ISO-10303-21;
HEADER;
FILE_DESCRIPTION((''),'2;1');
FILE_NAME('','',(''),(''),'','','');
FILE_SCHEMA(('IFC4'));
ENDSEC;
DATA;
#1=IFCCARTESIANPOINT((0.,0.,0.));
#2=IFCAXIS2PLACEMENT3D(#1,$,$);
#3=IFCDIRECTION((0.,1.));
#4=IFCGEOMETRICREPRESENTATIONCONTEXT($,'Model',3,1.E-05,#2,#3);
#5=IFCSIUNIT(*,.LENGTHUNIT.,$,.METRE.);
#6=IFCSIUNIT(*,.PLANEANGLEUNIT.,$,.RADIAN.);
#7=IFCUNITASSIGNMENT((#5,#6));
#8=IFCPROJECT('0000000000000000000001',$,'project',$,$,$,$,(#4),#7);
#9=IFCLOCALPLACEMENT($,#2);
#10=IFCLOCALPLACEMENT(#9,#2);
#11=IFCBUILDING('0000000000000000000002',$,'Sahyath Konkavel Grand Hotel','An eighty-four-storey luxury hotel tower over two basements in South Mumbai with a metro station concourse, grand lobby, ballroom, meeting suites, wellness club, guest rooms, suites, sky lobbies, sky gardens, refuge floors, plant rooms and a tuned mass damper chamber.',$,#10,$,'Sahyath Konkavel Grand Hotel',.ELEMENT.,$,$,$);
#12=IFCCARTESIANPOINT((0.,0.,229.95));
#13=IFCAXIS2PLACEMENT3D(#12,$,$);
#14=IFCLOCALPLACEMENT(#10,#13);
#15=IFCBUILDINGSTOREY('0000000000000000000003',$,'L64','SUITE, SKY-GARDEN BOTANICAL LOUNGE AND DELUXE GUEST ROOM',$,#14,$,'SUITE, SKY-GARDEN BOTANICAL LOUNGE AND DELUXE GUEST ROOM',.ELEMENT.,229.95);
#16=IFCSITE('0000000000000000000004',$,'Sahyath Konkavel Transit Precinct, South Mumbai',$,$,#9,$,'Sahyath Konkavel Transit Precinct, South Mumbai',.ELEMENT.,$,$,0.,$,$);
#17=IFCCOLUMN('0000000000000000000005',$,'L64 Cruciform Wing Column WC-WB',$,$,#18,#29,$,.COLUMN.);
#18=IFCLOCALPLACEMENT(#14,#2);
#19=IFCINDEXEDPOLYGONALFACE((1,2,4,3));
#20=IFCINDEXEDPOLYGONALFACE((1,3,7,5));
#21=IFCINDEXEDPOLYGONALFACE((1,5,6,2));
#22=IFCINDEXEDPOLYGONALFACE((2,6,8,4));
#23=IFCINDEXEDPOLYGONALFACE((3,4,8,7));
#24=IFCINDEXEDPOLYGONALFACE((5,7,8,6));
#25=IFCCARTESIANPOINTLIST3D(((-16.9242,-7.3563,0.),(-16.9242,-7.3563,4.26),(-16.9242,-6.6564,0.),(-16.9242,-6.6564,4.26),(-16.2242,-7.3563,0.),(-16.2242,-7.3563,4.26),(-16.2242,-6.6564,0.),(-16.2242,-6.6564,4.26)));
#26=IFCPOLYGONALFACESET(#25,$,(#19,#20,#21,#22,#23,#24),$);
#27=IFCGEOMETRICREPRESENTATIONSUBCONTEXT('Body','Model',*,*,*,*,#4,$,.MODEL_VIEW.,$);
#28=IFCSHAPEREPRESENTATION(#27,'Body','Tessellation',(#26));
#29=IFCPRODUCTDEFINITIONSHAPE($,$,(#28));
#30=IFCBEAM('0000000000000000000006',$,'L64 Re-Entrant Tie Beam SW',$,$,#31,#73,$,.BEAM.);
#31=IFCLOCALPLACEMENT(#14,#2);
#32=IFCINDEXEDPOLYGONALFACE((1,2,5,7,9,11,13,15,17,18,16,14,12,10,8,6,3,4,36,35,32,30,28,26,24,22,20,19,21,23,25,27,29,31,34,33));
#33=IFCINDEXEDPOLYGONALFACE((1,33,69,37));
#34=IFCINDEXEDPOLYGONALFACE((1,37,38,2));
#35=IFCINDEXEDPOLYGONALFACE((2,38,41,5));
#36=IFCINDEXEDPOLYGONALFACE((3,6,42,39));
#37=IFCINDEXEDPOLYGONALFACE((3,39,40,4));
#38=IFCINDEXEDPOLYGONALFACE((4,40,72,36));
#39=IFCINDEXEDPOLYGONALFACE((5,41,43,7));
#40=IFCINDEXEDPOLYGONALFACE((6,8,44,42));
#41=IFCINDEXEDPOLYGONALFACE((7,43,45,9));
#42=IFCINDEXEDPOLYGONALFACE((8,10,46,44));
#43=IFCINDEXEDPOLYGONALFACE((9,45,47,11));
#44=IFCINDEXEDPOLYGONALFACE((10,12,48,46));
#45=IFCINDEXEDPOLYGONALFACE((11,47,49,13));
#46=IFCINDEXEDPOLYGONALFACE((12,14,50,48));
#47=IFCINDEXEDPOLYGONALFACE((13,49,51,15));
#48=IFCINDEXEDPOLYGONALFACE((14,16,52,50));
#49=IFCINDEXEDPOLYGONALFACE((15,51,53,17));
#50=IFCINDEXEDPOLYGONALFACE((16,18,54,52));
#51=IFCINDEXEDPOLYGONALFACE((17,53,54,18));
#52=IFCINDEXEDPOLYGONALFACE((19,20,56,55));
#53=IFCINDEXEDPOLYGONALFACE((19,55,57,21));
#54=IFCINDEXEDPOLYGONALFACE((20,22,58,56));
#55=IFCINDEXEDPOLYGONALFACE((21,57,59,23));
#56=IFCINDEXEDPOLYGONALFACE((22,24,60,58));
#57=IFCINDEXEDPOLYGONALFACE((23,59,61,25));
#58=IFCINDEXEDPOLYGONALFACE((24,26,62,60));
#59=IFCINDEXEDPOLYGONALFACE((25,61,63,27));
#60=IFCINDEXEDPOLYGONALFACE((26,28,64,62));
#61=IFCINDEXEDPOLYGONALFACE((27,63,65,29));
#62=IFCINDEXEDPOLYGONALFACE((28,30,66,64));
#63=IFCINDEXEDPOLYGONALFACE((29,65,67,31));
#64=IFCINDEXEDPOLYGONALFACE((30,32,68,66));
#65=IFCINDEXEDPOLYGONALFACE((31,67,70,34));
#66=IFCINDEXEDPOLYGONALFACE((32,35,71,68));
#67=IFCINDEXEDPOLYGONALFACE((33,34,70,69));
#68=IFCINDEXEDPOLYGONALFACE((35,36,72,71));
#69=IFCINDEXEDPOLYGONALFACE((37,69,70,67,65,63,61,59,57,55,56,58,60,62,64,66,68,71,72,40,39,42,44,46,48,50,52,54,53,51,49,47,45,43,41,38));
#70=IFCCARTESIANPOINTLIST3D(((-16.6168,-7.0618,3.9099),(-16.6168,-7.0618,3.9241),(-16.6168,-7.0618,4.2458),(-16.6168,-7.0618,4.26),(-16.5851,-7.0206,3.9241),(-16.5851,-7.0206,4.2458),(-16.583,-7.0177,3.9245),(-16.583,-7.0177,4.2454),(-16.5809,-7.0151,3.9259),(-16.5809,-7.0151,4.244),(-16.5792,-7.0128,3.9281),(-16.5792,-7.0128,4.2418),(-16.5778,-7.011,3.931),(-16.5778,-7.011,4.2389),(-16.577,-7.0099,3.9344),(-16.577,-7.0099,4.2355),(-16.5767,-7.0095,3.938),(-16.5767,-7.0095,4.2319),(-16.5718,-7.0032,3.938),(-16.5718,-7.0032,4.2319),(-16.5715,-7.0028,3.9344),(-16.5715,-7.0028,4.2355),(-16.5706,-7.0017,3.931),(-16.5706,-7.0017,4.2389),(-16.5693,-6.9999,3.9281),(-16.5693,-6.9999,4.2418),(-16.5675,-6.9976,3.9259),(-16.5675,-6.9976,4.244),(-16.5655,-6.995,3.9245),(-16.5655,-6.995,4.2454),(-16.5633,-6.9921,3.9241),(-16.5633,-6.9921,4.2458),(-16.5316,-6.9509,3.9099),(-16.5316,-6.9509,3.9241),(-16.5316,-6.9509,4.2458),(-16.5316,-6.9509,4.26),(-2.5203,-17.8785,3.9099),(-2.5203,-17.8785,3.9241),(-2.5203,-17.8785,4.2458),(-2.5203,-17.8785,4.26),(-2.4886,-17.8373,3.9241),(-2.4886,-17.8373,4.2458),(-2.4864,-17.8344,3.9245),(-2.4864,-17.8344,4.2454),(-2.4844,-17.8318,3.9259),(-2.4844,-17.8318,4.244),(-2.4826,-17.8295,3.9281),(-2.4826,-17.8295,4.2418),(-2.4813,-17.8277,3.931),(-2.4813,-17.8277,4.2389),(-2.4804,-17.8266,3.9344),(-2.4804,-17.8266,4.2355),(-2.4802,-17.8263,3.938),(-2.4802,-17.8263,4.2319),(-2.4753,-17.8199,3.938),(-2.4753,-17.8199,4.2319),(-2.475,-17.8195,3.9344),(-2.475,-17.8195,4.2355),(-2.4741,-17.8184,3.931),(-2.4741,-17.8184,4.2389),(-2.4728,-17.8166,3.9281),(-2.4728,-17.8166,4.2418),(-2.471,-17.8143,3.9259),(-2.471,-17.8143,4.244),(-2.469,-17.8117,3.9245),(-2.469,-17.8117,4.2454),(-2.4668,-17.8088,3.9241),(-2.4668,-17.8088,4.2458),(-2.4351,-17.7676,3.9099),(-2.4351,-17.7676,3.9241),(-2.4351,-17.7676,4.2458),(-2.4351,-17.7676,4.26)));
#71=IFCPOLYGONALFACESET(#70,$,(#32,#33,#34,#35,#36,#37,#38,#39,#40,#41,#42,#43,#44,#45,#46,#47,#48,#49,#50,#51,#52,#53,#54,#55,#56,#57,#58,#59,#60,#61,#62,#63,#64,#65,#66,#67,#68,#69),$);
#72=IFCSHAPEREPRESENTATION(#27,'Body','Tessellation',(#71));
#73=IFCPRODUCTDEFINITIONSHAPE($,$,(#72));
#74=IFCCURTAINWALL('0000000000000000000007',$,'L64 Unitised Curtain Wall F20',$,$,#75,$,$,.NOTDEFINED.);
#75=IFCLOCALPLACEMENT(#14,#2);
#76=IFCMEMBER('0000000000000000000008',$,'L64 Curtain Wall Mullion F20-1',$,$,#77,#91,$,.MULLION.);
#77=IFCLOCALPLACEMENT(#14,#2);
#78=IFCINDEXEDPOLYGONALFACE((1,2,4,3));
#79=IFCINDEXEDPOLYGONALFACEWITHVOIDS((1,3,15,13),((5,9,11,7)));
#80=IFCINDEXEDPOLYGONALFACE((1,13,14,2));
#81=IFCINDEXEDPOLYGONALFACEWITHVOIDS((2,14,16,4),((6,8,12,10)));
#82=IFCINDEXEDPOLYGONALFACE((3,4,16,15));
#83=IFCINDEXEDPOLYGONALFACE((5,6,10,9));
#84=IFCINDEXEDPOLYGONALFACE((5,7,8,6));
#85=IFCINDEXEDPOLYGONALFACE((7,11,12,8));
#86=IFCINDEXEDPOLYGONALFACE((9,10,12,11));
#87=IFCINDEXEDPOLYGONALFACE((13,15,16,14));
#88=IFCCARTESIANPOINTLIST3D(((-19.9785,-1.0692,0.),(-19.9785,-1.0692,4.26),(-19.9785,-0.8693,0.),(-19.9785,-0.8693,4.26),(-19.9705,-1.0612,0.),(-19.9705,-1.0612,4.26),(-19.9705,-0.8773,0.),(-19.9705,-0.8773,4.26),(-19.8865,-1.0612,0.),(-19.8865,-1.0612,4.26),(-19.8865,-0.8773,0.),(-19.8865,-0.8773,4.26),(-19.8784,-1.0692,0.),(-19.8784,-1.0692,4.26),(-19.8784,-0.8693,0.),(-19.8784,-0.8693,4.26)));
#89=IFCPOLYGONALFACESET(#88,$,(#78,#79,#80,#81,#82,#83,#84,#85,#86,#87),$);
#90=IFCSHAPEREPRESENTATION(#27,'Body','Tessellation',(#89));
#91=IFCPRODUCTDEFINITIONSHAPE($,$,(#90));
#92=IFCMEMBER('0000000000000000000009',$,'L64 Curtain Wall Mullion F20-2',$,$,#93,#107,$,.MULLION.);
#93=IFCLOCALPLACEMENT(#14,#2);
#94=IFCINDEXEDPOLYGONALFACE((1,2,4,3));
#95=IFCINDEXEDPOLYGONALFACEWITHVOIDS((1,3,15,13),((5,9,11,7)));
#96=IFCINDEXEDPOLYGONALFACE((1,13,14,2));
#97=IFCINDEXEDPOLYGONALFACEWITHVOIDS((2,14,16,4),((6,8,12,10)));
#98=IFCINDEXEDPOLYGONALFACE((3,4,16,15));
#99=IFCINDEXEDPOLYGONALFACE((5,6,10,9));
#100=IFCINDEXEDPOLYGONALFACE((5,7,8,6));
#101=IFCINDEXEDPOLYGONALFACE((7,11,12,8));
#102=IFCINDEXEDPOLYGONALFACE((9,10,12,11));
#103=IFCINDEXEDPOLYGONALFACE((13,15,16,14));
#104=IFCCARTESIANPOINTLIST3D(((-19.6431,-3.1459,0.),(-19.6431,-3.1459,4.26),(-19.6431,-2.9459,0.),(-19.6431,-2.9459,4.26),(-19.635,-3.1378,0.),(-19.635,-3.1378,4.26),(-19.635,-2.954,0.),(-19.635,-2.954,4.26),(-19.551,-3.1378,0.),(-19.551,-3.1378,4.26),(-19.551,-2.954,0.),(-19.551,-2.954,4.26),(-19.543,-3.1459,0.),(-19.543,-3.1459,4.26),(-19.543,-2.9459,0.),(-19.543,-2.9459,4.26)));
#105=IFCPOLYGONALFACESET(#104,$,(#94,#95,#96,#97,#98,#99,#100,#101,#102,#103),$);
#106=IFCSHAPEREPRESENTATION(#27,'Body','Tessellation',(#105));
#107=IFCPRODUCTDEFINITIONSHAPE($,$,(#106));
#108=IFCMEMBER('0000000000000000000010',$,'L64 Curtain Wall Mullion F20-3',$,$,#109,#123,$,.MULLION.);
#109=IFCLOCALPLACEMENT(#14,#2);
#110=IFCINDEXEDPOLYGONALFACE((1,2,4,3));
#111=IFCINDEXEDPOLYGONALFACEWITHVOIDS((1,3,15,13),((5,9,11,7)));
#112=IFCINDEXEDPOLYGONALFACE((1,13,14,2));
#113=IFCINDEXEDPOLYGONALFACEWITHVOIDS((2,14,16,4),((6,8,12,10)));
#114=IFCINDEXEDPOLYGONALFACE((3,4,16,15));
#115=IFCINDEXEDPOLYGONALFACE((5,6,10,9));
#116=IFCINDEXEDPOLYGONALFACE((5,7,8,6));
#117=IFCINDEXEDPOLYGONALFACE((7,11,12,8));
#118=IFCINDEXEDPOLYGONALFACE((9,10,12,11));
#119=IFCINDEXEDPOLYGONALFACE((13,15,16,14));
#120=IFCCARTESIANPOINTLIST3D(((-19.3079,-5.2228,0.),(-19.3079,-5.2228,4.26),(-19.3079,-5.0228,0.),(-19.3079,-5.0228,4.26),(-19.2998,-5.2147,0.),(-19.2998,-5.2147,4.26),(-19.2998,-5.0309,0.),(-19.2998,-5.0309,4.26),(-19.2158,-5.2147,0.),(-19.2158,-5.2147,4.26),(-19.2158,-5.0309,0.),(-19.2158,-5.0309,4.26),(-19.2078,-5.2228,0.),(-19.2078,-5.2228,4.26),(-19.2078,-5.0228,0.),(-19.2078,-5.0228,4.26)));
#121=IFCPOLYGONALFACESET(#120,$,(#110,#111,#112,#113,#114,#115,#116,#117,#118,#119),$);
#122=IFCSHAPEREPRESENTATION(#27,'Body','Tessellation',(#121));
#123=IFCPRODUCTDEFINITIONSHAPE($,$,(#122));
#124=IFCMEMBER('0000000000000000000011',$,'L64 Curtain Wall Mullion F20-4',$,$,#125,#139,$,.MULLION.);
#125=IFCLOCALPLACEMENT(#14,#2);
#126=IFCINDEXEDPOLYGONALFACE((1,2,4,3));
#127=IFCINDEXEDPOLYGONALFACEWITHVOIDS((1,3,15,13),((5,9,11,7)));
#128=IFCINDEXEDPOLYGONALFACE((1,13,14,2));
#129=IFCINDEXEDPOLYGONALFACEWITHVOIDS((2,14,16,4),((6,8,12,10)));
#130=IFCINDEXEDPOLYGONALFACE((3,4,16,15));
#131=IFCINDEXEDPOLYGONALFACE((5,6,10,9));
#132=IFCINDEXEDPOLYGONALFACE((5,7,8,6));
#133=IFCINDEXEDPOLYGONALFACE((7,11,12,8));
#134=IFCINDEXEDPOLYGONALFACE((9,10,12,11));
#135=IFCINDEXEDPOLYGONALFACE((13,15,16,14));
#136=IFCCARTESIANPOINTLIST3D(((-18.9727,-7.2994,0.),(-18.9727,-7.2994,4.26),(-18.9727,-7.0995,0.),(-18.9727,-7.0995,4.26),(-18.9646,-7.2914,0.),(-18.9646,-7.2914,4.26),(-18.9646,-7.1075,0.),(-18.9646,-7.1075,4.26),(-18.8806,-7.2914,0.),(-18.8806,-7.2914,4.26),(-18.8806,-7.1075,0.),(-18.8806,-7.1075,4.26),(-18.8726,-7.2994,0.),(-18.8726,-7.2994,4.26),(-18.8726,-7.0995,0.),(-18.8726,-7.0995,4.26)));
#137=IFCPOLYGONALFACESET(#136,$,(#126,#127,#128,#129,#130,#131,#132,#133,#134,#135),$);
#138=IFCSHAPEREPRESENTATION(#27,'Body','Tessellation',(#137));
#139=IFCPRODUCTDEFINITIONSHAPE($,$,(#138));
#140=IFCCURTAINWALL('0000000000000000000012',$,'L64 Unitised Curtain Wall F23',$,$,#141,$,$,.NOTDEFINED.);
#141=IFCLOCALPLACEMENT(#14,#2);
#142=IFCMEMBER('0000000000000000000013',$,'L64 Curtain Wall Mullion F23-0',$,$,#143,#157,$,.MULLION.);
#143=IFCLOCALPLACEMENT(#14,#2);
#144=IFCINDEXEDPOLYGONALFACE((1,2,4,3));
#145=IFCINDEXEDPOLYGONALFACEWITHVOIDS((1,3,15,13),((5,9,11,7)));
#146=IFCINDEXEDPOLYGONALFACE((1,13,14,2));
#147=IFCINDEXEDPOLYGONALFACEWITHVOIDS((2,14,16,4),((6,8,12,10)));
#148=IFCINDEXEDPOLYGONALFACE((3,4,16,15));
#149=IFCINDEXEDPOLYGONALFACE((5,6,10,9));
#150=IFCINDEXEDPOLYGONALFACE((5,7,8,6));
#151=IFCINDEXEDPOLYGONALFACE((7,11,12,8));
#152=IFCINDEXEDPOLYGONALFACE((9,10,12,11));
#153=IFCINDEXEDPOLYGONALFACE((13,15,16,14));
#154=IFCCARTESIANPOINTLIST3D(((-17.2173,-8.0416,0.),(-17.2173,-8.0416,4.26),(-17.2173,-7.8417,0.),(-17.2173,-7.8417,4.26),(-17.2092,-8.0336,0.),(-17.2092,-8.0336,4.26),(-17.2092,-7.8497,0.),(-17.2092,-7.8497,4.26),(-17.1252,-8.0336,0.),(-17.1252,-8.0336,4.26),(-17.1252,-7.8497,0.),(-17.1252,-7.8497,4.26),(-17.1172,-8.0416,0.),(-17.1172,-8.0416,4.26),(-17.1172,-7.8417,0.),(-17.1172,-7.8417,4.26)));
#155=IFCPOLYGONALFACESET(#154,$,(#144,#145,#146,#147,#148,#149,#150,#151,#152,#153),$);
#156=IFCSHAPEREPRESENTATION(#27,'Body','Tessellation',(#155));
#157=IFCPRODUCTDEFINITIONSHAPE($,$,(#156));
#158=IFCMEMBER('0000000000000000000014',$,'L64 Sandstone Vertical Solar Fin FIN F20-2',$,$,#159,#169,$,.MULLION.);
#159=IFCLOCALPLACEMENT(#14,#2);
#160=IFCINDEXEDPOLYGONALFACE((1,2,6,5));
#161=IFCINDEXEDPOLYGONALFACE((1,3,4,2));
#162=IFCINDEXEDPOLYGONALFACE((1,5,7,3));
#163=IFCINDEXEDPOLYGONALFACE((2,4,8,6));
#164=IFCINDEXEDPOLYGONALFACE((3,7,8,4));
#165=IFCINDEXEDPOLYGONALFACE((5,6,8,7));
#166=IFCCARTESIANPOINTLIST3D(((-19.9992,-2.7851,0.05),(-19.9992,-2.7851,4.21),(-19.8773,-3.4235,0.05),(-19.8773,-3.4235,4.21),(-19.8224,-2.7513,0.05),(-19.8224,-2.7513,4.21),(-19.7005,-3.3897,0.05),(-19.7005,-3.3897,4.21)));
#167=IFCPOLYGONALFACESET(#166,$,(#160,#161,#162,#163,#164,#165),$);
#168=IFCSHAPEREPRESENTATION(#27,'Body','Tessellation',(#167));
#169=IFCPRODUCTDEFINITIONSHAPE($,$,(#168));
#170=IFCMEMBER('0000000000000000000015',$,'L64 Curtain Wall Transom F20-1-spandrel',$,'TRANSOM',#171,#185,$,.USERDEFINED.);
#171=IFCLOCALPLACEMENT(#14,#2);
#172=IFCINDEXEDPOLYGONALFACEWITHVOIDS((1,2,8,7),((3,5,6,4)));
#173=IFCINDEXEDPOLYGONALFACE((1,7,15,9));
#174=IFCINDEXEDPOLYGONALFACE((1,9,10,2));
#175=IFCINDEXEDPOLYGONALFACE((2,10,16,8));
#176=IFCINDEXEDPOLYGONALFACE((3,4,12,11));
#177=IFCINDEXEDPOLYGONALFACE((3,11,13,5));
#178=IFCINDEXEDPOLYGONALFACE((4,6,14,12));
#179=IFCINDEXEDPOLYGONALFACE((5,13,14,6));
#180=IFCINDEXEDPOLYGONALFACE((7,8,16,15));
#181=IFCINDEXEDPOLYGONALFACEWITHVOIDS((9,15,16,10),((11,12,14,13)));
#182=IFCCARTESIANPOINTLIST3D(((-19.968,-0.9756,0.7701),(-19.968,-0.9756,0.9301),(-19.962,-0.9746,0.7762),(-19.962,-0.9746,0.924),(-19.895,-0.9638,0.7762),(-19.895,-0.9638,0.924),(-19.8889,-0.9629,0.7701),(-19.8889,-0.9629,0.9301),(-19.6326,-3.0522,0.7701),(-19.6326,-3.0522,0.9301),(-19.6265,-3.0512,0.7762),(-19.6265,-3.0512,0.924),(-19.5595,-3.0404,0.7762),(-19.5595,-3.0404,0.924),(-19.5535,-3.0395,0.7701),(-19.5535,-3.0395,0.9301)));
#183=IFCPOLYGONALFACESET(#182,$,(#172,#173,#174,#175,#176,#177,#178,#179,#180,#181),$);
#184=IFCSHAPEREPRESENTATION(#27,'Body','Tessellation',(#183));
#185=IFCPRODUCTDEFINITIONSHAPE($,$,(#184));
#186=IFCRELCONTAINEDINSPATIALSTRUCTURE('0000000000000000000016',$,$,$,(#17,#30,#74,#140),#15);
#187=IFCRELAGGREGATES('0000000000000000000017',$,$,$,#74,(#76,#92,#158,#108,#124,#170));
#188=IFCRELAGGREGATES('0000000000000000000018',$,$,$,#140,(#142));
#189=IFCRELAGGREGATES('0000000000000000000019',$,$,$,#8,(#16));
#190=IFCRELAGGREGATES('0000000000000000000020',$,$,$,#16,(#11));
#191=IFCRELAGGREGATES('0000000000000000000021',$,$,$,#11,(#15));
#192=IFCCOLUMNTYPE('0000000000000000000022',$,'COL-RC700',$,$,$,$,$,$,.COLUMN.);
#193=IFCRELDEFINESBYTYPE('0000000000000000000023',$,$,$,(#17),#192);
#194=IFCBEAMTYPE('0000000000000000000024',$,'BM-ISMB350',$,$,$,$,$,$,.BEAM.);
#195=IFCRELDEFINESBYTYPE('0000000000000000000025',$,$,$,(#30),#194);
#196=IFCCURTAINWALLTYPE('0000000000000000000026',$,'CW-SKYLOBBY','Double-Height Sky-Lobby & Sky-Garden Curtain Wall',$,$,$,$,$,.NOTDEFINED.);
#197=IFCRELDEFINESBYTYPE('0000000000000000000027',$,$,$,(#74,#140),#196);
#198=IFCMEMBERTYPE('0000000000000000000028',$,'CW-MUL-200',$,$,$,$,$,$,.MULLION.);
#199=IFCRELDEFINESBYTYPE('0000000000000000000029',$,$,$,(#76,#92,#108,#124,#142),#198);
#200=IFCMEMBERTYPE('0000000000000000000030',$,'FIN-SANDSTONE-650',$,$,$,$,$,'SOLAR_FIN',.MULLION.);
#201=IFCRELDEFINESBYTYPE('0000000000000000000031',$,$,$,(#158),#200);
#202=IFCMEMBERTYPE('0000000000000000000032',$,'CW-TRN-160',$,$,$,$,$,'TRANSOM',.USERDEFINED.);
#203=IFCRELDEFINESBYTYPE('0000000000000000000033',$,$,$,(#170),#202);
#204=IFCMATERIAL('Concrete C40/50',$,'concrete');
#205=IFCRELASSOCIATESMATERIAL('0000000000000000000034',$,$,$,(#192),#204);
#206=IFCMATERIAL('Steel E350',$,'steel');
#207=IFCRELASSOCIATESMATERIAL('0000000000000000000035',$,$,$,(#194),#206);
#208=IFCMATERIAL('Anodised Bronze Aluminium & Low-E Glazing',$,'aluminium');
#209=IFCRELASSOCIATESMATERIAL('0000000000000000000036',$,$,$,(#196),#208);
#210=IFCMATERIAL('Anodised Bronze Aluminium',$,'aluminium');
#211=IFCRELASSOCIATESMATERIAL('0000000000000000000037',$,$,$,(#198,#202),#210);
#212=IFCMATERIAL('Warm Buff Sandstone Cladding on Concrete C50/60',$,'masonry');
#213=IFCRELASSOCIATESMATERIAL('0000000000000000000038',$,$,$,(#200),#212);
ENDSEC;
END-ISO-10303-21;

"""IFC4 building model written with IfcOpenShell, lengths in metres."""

from ifc_helpers import new_model, si_unit, direction, frame, origin, origin_2d, place, context, subcontext, project, spatial, rectangle, hollow_rectangle, i_section, extrude, source, transform, mapped, material, material_profile, profile_set, type_object, element, aggregate, save


model = new_model("IFC4")

# Units and contexts
model_context = context("Model", 3, precision=1e-05, world=origin(), true_north=direction((0.0, 1.0)))
body_context = subcontext(model_context, "Body", "Model", "MODEL_VIEW")
ifc_project = project(units=[si_unit("LENGTHUNIT", "METRE"), si_unit("PLANEANGLEUNIT", "RADIAN")], contexts=[model_context])

# Site, building, storey
site_placement = place(None, origin())
site = spatial("IfcSite", under=ifc_project, at=site_placement, Name="Sahyath Konkavel Transit Precinct, South Mumbai", LongName="Sahyath Konkavel Transit Precinct, South Mumbai", CompositionType="ELEMENT", RefElevation=0.0)
building_placement = place(site_placement, origin())
building = spatial("IfcBuilding", under=site, at=building_placement, Name="Sahyath Konkavel Grand Hotel", Description="An eighty-four-storey luxury hotel tower over two basements in South Mumbai with a metro station concourse, grand lobby, ballroom, meeting suites, wellness club, guest rooms, suites, sky lobbies, sky gardens, refuge floors, plant rooms and a tuned mass damper chamber.", LongName="Sahyath Konkavel Grand Hotel", CompositionType="ELEMENT")
storey_placement = place(building_placement, frame((0.0, 0.0, 229.95)))
storey = spatial("IfcBuildingStorey", under=building, at=storey_placement, Name="L64", Description="SUITE, SKY-GARDEN BOTANICAL LOUNGE AND DELUXE GUEST ROOM", LongName="SUITE, SKY-GARDEN BOTANICAL LOUNGE AND DELUXE GUEST ROOM", CompositionType="ELEMENT", Elevation=229.95)

# Column
ifc_material_1 = material(Name="Concrete C40/50", Category="concrete")
ifc_material_profile_1 = material_profile(ifc_material_1, rectangle(XDim=0.7, YDim=0.7, at=origin_2d()), Name="RC 700x700")
ifc_profile_set_1 = profile_set([ifc_material_profile_1], Name="Concrete C40/50")
column_type = type_object("IfcColumnType", Name="COL-RC700", PredefinedType="COLUMN", material=ifc_profile_set_1)
shared_shape_1 = source(origin(), body_context, "Body", "SweptSolid", [
    extrude(rectangle(XDim=0.7, YDim=0.7, at=origin_2d()), origin(), (0.0, 0.0, 1.0), 4.26),
])
column_placement = place(storey_placement, frame((-16.5742, -7.0063, 0.0), z_axis=(0.0, 0.0, 1.0), x_axis=(1.0, 0.0, 0.0)))
element("IfcColumn", 1, at=column_placement, inside=storey, type_object=column_type, Name="L64 Cruciform Wing Column WC-WB", PredefinedType="COLUMN", context=body_context, shape_type="MappedRepresentation", body=[
    mapped(shared_shape_1, transform((0.0, 0.0, 0.0), scale=1.0)),
])

# Beam
ifc_material_2 = material(Name="Steel E350", Category="steel")
ifc_material_profile_2 = material_profile(ifc_material_2, i_section(OverallWidth=0.1399, OverallDepth=0.3501, WebThickness=0.0081, FlangeThickness=0.0142, FilletRadius=0.0139, at=origin_2d()), Name="ISMB 350")
ifc_profile_set_2 = profile_set([ifc_material_profile_2], Name="Steel E350")
beam_type = type_object("IfcBeamType", Name="BM-ISMB350", PredefinedType="BEAM", material=ifc_profile_set_2)
shared_shape_2 = source(origin(), body_context, "Body", "SweptSolid", [
    extrude(i_section(OverallWidth=0.1399, OverallDepth=0.3501, WebThickness=0.0081, FlangeThickness=0.0142, FilletRadius=0.0139, at=origin_2d()), origin(), (0.0, 0.0, 1.0), 17.7683),
])
beam_placement = place(storey_placement, frame((-16.5742, -7.0063, 4.085), z_axis=(0.793351, -0.608764, 0.0), x_axis=(0.608764, 0.793351, 0.0)))
element("IfcBeam", 2, at=beam_placement, inside=storey, type_object=beam_type, Name="L64 Re-Entrant Tie Beam SW", PredefinedType="BEAM", context=body_context, shape_type="MappedRepresentation", body=[
    mapped(shared_shape_2, transform((0.0, 0.0, 0.0), scale=1.0)),
])

# Curtain wall, members
ifc_material_3 = material(Name="Anodised Bronze Aluminium & Low-E Glazing", Category="aluminium")
curtain_wall_type = type_object("IfcCurtainWallType", Name="CW-SKYLOBBY", Description="Double-Height Sky-Lobby & Sky-Garden Curtain Wall", PredefinedType="NOTDEFINED", material=ifc_material_3)
curtain_wall_1_placement = place(storey_placement, origin())
curtain_wall_1 = element("IfcCurtainWall", 3, at=curtain_wall_1_placement, inside=storey, type_object=curtain_wall_type, Name="L64 Unitised Curtain Wall F20", PredefinedType="NOTDEFINED")
ifc_material_4 = material(Name="Anodised Bronze Aluminium", Category="aluminium")
ifc_material_profile_3 = material_profile(ifc_material_4, hollow_rectangle(XDim=0.1001, YDim=0.2, WallThickness=0.0081, at=origin_2d()), Name="RHS 200x100x8")
ifc_profile_set_3 = profile_set([ifc_material_profile_3], Name="Anodised Bronze Aluminium")
member_type_1 = type_object("IfcMemberType", Name="CW-MUL-200", PredefinedType="MULLION", material=ifc_profile_set_3)
shared_shape_3 = source(origin(), body_context, "Body", "SweptSolid", [
    extrude(hollow_rectangle(XDim=0.1001, YDim=0.2, WallThickness=0.0081, at=origin_2d()), origin(), (0.0, 0.0, 1.0), 4.26),
])
member_1_placement = place(storey_placement, frame((-19.9285, -0.9692, 0.0), z_axis=(0.0, 0.0, 1.0), x_axis=(1.0, 0.0, 0.0)))
member_1 = element("IfcMember", 4, at=member_1_placement, type_object=member_type_1, Name="L64 Curtain Wall Mullion F20-1", PredefinedType="MULLION", context=body_context, shape_type="MappedRepresentation", body=[
    mapped(shared_shape_3, transform((0.0, 0.0, 0.0), scale=1.0)),
])
member_2_placement = place(storey_placement, frame((-19.593, -3.0459, 0.0), z_axis=(0.0, 0.0, 1.0), x_axis=(1.0, 0.0, 0.0)))
member_2 = element("IfcMember", 5, at=member_2_placement, type_object=member_type_1, Name="L64 Curtain Wall Mullion F20-2", PredefinedType="MULLION", context=body_context, shape_type="MappedRepresentation", body=[
    mapped(shared_shape_3, transform((0.0, 0.0, 0.0), scale=1.0)),
])
member_3_placement = place(storey_placement, frame((-19.2578, -5.1228, 0.0), z_axis=(0.0, 0.0, 1.0), x_axis=(1.0, 0.0, 0.0)))
member_3 = element("IfcMember", 6, at=member_3_placement, type_object=member_type_1, Name="L64 Curtain Wall Mullion F20-3", PredefinedType="MULLION", context=body_context, shape_type="MappedRepresentation", body=[
    mapped(shared_shape_3, transform((0.0, 0.0, 0.0), scale=1.0)),
])
member_4_placement = place(storey_placement, frame((-18.9226, -7.1995, 0.0), z_axis=(0.0, 0.0, 1.0), x_axis=(1.0, 0.0, 0.0)))
member_4 = element("IfcMember", 7, at=member_4_placement, type_object=member_type_1, Name="L64 Curtain Wall Mullion F20-4", PredefinedType="MULLION", context=body_context, shape_type="MappedRepresentation", body=[
    mapped(shared_shape_3, transform((0.0, 0.0, 0.0), scale=1.0)),
])

# Curtain wall, member
curtain_wall_2_placement = place(storey_placement, origin())
curtain_wall_2 = element("IfcCurtainWall", 8, at=curtain_wall_2_placement, inside=storey, type_object=curtain_wall_type, Name="L64 Unitised Curtain Wall F23", PredefinedType="NOTDEFINED")
member_5_placement = place(storey_placement, frame((-17.1672, -7.9417, 0.0), z_axis=(0.0, 0.0, 1.0), x_axis=(1.0, 0.0, 0.0)))
member_5 = element("IfcMember", 9, at=member_5_placement, type_object=member_type_1, Name="L64 Curtain Wall Mullion F23-0", PredefinedType="MULLION", context=body_context, shape_type="MappedRepresentation", body=[
    mapped(shared_shape_3, transform((0.0, 0.0, 0.0), scale=1.0)),
])

# Members
ifc_material_5 = material(Name="Warm Buff Sandstone Cladding on Concrete C50/60", Category="masonry")
ifc_material_profile_4 = material_profile(ifc_material_5, rectangle(XDim=0.1799, YDim=0.6499, at=origin_2d()), Name="FIN 180x650")
ifc_profile_set_4 = profile_set([ifc_material_profile_4], Name="Warm Buff Sandstone Cladding on Concrete C50/60")
member_type_2 = type_object("IfcMemberType", Name="FIN-SANDSTONE-650", ElementType="SOLAR_FIN", PredefinedType="MULLION", material=ifc_profile_set_4)
shared_shape_4 = source(origin(), body_context, "Body", "SweptSolid", [
    extrude(rectangle(XDim=0.1799, YDim=0.6499, at=origin_2d()), origin(), (0.0, 0.0, 1.0), 4.1599),
])
member_6_placement = place(storey_placement, frame((-19.8499, -3.0874, 0.05), z_axis=(0.0, 0.0, 1.0), x_axis=(0.982255, 0.187553, 0.0)))
member_6 = element("IfcMember", 10, at=member_6_placement, type_object=member_type_2, Name="L64 Sandstone Vertical Solar Fin FIN F20-2", PredefinedType="MULLION", context=body_context, shape_type="MappedRepresentation", body=[
    mapped(shared_shape_4, transform((0.0, 0.0, 0.0), scale=1.0)),
])
ifc_material_profile_5 = material_profile(ifc_material_4, hollow_rectangle(XDim=0.0801, YDim=0.1599, WallThickness=0.0061, at=origin_2d()), Name="RHS 160x80x6")
ifc_profile_set_5 = profile_set([ifc_material_profile_5], Name="Anodised Bronze Aluminium")
member_type_3 = type_object("IfcMemberType", Name="CW-TRN-160", ElementType="TRANSOM", PredefinedType="USERDEFINED", material=ifc_profile_set_5)
shared_shape_5 = source(origin(), body_context, "Body", "SweptSolid", [
    extrude(hollow_rectangle(XDim=0.0801, YDim=0.1599, WallThickness=0.0061, at=origin_2d()), origin(), (0.0, 0.0, 1.0), 2.1035),
])
member_7_placement = place(storey_placement, frame((-19.9285, -0.9692, 0.8501), z_axis=(0.159466, -0.987203, 0.0), x_axis=(0.987203, 0.159466, 0.0)))
member_7 = element("IfcMember", 11, at=member_7_placement, type_object=member_type_3, Name="L64 Curtain Wall Transom F20-1-spandrel", ObjectType="TRANSOM", PredefinedType="USERDEFINED", context=body_context, shape_type="MappedRepresentation", body=[
    mapped(shared_shape_5, transform((0.0, 0.0, 0.0), scale=1.0)),
])

aggregate(curtain_wall_1, [member_1, member_2, member_6, member_3, member_4, member_7])
aggregate(curtain_wall_2, [member_5])

save(model, "model.ifc")
